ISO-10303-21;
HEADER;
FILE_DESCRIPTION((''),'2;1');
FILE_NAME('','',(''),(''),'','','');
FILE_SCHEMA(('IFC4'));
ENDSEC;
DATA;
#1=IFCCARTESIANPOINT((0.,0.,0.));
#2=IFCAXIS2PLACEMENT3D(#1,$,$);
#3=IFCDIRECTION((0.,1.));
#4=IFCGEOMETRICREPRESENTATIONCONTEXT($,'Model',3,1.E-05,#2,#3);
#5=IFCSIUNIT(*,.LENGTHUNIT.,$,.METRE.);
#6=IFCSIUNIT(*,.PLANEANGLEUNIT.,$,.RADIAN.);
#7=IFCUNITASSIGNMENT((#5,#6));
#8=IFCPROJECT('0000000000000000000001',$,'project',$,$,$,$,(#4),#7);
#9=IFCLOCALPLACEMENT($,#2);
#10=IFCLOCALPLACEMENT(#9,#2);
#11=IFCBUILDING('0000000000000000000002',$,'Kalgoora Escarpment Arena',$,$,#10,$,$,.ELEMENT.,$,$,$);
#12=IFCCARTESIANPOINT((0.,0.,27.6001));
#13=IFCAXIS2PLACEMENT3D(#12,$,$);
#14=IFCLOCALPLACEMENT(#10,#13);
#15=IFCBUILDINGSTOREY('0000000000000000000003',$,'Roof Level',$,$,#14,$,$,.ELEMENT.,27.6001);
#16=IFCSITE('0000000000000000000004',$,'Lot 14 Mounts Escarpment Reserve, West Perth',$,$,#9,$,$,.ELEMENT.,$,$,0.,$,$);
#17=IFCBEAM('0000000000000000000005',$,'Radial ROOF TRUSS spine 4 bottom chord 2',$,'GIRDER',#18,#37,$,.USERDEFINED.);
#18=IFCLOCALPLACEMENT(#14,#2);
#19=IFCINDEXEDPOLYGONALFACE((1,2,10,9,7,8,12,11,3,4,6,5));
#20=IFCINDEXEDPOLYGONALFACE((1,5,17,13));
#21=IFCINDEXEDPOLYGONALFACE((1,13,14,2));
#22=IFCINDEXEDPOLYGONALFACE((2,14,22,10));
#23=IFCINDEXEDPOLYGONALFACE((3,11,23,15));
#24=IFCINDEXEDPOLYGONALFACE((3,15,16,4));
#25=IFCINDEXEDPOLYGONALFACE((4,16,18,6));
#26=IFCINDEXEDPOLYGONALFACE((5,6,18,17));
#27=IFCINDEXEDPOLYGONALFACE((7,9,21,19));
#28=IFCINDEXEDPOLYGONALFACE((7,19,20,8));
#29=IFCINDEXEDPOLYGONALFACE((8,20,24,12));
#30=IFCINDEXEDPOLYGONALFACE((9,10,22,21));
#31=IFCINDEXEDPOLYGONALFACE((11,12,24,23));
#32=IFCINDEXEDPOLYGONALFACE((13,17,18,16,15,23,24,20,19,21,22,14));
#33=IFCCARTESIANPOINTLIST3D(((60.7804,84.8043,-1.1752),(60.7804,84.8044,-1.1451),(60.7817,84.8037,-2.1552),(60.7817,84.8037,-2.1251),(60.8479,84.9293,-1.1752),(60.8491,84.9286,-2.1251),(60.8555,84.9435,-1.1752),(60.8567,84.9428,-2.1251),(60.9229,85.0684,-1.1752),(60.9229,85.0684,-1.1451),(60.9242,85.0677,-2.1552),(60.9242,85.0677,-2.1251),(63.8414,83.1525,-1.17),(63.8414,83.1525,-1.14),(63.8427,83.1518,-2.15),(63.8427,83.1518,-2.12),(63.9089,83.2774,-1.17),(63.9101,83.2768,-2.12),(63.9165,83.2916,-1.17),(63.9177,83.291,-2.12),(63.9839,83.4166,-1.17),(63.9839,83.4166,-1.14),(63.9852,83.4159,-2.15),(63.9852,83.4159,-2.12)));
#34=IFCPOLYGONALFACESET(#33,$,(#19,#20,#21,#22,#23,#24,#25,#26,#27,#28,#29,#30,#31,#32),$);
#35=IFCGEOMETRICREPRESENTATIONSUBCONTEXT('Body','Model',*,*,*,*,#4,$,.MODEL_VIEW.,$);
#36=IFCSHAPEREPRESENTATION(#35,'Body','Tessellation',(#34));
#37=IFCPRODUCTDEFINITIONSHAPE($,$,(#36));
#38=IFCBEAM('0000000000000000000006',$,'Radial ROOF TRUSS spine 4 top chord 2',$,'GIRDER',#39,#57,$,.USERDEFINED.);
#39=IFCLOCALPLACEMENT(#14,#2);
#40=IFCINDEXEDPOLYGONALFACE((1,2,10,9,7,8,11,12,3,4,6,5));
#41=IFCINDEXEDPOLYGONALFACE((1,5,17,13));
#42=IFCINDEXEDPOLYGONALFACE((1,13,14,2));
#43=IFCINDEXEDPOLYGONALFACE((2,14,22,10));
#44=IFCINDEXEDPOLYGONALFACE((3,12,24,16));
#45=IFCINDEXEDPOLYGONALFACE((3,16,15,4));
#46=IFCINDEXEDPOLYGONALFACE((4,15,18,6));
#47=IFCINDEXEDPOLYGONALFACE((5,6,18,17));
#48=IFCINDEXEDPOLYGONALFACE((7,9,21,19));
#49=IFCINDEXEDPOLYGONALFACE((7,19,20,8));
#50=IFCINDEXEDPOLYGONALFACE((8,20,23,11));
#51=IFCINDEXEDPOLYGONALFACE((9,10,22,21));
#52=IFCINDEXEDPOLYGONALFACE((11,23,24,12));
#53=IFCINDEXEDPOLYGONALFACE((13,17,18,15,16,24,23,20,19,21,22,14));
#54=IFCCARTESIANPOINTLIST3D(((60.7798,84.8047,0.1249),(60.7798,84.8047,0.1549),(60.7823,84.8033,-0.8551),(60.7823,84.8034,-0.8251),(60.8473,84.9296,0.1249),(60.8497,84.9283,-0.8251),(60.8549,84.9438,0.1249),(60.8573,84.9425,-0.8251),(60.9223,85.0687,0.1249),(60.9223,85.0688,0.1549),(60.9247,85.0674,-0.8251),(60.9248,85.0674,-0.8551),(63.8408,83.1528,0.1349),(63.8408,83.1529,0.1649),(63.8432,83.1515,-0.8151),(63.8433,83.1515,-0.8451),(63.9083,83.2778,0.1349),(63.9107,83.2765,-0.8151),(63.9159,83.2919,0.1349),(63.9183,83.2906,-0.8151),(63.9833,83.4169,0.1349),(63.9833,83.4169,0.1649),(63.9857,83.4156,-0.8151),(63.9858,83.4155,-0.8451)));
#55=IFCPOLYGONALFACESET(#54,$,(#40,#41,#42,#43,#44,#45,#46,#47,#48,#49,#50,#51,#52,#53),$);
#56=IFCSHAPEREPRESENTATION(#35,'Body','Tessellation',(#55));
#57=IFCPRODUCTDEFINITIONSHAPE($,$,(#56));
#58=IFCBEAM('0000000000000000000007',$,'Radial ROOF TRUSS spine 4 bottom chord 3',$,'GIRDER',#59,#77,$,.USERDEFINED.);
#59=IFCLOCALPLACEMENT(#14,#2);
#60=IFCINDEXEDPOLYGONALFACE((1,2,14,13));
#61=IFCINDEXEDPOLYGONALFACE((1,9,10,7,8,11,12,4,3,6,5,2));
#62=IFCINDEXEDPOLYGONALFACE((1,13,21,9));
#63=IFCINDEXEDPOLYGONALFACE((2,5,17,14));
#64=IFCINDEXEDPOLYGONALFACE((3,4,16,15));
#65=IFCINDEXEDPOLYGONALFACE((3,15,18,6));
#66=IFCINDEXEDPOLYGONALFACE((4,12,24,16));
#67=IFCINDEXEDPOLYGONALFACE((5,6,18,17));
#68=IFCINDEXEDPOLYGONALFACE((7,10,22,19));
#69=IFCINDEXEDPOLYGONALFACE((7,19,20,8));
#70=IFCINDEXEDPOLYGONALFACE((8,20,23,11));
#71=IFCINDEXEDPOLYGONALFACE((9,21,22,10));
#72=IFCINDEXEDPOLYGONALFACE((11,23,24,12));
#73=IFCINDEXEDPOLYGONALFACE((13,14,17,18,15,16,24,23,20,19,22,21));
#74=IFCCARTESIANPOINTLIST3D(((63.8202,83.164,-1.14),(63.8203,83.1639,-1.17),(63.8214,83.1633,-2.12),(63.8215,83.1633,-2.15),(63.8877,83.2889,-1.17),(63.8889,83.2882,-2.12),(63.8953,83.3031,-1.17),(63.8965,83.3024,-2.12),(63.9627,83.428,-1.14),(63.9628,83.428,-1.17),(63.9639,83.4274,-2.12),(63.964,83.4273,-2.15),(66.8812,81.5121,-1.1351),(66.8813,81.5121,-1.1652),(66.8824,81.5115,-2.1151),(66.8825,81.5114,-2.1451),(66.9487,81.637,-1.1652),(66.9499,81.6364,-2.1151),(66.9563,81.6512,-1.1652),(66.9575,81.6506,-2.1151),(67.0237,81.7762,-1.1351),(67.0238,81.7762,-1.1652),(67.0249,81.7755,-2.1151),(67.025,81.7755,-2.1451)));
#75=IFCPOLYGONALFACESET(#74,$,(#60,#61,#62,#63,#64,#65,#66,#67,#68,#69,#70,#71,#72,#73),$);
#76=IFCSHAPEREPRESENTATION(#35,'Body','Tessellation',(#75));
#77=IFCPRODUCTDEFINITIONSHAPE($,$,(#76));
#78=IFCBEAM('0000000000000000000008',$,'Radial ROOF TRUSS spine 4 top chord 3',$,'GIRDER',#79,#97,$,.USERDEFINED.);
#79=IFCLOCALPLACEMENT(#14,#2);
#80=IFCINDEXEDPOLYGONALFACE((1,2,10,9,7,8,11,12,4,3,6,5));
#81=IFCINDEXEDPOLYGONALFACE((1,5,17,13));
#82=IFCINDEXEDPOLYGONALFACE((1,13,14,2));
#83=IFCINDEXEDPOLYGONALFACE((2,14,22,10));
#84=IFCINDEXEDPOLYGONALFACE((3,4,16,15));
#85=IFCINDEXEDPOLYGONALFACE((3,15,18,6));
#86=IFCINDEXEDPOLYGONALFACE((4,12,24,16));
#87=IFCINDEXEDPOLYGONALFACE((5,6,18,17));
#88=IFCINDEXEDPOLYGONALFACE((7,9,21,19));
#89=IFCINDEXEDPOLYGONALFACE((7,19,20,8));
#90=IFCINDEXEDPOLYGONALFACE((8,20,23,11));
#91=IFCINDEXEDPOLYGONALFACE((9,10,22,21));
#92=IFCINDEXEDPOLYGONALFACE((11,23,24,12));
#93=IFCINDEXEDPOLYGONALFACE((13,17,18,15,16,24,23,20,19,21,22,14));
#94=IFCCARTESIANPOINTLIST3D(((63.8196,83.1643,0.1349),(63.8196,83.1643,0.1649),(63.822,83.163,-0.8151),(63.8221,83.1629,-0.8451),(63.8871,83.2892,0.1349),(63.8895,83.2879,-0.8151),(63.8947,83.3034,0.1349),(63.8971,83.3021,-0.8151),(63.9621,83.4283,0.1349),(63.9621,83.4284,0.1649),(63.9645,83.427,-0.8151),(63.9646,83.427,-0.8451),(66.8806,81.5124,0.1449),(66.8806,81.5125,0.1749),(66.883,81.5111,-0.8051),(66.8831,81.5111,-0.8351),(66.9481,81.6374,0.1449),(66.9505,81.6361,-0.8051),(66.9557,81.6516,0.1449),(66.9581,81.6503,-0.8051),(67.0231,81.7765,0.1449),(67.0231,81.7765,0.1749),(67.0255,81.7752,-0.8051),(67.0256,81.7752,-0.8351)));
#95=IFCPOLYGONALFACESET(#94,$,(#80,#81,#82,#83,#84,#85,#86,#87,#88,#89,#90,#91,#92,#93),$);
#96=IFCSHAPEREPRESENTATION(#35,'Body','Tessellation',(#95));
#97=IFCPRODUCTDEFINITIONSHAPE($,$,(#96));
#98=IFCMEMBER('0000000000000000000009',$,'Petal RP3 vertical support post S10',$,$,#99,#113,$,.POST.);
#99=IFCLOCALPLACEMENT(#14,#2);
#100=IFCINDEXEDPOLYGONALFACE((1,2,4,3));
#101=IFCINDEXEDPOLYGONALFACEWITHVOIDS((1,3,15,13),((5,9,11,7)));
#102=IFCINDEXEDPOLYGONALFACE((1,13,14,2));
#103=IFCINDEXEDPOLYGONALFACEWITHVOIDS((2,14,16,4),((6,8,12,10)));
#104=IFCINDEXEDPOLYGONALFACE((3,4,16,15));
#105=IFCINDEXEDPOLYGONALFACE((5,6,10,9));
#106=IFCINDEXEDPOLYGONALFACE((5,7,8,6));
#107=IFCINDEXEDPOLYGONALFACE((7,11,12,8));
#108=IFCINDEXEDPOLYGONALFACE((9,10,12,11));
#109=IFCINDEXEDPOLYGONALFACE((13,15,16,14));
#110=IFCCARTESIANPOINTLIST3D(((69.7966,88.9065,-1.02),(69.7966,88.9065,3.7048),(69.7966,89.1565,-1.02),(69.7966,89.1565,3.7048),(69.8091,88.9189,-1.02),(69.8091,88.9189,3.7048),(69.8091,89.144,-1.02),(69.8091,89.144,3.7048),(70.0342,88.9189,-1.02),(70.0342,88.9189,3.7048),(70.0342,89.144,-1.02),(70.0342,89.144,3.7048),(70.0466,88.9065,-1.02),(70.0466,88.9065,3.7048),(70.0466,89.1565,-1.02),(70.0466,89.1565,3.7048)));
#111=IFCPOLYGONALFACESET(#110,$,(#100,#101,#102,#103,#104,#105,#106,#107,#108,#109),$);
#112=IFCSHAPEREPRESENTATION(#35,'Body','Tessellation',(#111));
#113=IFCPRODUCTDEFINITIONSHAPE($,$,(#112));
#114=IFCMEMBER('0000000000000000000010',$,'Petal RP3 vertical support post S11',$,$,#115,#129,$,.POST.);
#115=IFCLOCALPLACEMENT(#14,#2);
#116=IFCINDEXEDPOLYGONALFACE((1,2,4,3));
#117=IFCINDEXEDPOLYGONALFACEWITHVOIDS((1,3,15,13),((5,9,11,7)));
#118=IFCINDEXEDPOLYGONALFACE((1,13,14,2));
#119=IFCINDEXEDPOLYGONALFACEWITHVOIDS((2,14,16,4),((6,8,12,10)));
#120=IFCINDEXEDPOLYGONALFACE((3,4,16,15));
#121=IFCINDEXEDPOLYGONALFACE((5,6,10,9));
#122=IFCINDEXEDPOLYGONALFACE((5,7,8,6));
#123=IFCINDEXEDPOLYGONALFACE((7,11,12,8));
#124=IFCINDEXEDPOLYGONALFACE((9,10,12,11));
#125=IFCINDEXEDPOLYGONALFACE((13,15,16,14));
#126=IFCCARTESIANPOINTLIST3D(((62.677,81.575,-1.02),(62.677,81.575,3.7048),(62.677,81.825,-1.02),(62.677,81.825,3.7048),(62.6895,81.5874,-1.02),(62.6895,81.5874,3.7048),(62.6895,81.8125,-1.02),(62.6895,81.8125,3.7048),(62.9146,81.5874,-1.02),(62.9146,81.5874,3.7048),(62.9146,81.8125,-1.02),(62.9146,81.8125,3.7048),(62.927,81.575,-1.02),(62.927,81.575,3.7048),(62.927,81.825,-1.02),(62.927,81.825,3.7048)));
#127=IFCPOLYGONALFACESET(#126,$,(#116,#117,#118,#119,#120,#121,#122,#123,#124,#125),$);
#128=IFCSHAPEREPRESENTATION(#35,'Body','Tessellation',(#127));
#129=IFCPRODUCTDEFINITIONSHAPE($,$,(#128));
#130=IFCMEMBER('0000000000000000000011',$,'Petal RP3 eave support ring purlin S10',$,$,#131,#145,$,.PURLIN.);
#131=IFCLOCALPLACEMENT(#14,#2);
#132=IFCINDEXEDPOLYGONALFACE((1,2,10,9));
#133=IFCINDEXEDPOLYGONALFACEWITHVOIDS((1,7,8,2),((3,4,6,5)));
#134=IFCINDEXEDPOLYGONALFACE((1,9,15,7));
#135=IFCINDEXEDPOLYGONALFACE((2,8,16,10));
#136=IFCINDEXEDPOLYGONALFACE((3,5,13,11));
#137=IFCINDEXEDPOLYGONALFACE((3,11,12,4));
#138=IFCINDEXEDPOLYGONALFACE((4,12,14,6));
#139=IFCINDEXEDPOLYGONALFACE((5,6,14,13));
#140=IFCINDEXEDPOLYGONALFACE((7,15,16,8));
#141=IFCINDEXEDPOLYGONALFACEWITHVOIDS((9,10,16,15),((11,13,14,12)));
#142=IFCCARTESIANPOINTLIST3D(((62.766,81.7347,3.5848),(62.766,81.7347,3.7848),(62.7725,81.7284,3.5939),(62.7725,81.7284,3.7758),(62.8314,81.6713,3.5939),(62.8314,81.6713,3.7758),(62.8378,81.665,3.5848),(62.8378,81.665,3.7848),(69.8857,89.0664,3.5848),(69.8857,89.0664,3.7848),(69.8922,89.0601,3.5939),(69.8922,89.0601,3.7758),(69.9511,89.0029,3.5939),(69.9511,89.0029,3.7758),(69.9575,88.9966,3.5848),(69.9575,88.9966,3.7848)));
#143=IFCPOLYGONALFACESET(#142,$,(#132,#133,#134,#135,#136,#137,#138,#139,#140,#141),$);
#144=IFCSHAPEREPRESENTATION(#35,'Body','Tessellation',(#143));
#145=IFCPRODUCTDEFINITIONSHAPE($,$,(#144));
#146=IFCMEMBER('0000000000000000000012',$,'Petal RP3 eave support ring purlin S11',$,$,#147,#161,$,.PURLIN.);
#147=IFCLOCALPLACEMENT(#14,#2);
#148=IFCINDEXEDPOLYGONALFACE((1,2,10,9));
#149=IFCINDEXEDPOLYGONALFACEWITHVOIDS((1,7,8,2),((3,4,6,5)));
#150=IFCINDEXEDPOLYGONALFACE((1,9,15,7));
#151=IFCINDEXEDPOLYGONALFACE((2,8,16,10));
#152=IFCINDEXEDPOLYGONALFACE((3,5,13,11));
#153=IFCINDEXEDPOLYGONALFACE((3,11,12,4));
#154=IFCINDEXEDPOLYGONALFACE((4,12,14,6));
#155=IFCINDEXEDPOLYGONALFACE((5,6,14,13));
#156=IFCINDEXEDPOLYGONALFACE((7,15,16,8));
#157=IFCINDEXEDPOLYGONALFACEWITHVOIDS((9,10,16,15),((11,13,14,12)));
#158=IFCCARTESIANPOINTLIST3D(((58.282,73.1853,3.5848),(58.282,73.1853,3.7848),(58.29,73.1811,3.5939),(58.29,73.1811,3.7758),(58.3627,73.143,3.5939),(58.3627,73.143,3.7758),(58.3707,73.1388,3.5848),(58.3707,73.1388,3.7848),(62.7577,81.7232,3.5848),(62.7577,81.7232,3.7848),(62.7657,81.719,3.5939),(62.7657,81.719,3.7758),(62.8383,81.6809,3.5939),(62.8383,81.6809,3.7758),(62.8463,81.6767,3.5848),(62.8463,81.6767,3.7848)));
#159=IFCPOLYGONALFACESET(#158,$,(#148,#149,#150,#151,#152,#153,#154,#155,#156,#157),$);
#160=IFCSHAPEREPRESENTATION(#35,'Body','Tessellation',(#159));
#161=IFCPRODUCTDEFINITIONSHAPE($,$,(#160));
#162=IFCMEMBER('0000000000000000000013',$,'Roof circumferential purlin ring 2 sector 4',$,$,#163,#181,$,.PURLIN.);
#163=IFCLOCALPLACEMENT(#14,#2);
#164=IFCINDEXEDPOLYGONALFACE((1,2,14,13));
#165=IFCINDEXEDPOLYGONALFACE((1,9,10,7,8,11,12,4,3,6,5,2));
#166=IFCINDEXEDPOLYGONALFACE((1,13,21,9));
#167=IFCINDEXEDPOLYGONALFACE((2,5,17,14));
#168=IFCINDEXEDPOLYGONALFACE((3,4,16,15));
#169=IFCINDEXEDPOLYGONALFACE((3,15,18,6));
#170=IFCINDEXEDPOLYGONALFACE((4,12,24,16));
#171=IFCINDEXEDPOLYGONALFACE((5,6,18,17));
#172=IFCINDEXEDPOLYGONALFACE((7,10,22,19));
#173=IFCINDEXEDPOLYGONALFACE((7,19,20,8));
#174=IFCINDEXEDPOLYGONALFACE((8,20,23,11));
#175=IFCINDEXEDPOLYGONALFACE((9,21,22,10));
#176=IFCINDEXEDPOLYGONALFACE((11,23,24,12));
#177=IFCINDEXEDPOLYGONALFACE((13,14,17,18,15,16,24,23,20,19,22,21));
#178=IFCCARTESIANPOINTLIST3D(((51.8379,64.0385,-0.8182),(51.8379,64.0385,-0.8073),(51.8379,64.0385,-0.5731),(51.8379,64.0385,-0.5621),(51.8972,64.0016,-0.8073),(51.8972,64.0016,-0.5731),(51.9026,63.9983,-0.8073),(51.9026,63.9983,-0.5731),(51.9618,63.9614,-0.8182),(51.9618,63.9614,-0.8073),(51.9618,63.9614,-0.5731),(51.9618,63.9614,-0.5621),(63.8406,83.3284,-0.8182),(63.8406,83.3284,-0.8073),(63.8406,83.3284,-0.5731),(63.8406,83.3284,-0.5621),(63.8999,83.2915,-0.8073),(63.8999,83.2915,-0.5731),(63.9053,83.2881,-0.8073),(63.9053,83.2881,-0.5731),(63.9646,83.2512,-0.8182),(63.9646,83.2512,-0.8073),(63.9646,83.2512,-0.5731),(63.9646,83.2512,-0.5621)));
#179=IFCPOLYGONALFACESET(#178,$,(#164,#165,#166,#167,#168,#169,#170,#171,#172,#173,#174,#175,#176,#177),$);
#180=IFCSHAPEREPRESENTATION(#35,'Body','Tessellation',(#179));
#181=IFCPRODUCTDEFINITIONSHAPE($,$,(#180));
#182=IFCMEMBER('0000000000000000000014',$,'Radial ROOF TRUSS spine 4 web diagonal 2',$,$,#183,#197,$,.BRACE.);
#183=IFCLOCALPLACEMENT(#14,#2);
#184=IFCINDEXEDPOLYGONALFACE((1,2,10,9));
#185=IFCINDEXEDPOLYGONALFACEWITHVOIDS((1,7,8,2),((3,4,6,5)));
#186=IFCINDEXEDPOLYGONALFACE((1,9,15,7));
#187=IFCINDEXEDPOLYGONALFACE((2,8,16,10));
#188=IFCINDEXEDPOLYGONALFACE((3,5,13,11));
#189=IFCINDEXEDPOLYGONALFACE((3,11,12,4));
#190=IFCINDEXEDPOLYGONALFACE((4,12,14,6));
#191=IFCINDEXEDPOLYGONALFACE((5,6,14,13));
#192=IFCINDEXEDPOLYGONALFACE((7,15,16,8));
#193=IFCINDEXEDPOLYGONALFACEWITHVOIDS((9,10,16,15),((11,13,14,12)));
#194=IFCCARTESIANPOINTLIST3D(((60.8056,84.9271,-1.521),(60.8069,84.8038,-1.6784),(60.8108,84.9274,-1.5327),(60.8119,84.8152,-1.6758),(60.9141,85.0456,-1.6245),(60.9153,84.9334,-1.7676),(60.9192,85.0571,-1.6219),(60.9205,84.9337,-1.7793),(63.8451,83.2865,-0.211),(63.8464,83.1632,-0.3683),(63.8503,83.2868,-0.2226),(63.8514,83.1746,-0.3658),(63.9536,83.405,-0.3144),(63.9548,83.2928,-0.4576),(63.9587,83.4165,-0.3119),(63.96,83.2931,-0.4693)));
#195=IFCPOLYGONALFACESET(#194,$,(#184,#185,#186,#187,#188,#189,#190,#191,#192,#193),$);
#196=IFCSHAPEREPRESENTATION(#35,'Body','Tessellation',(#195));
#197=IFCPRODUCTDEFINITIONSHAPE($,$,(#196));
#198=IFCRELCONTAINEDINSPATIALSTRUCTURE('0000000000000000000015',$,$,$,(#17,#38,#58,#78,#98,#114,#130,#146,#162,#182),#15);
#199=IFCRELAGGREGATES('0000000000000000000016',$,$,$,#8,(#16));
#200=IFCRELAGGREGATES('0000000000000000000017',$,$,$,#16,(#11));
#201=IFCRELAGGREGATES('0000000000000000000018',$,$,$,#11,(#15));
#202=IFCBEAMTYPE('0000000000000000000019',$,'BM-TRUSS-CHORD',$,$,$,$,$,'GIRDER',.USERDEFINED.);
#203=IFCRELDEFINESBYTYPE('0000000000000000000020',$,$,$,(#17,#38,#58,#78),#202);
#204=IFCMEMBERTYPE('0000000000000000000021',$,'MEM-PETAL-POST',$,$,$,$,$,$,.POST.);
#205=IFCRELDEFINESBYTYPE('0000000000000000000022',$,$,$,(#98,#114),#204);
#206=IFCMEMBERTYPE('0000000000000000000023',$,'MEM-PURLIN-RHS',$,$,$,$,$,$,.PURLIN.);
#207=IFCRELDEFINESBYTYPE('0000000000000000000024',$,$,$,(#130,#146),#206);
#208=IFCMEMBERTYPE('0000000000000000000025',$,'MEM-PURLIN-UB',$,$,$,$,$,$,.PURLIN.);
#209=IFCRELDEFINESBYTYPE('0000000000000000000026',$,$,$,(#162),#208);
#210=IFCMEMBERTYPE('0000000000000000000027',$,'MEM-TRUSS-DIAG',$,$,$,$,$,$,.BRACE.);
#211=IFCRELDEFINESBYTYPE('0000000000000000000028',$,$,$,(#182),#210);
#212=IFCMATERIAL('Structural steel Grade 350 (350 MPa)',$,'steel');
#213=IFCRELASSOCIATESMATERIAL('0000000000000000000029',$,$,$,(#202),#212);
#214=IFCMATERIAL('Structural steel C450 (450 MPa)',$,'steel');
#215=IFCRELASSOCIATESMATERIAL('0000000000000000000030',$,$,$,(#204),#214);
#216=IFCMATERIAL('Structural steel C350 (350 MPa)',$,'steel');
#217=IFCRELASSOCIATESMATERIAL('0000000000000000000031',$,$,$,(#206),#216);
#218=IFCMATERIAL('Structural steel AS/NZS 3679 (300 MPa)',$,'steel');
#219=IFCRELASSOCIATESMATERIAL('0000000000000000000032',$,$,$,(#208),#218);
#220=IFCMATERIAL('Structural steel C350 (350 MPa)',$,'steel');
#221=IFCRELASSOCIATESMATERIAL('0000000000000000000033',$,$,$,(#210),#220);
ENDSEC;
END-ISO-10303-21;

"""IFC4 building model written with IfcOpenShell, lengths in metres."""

from ifc_helpers import new_model, si_unit, direction, frame, origin, origin_2d, place, context, subcontext, project, spatial, hollow_rectangle, i_section, extrude, material, material_profile, profile_set, type_object, element, save


model = new_model("IFC4")

# Units and contexts
model_context = context("Model", 3, precision=1e-05, world=origin(), true_north=direction((0.0, 1.0)))
body_context = subcontext(model_context, "Body", "Model", "MODEL_VIEW")
ifc_project = project(units=[si_unit("LENGTHUNIT", "METRE"), si_unit("PLANEANGLEUNIT", "RADIAN")], contexts=[model_context])

# Site, building, storey
site_placement = place(None, origin())
site = spatial("IfcSite", under=ifc_project, at=site_placement, Name="Lot 14 Mounts Escarpment Reserve, West Perth", CompositionType="ELEMENT", RefElevation=0.0)
building_placement = place(site_placement, origin())
building = spatial("IfcBuilding", under=site, at=building_placement, Name="Kalgoora Escarpment Arena", CompositionType="ELEMENT")
storey_placement = place(building_placement, frame((0.0, 0.0, 27.6001)))
storey = spatial("IfcBuildingStorey", under=building, at=storey_placement, Name="Roof Level", CompositionType="ELEMENT", Elevation=27.6001)

# Beams
ifc_material_1 = material(Name="Structural steel Grade 350 (350 MPa)", Category="steel")
ifc_material_profile_1 = material_profile(ifc_material_1, i_section(OverallWidth=0.3, OverallDepth=1.01, WebThickness=0.0161, FlangeThickness=0.03, at=origin_2d()))
ifc_profile_set_1 = profile_set([ifc_material_profile_1], Name="Structural steel Grade 350 (350 MPa)")
beam_type = type_object("IfcBeamType", Name="BM-TRUSS-CHORD", ElementType="GIRDER", PredefinedType="USERDEFINED", material=ifc_profile_set_1)
for number, where, z_axis, x_axis, name in (
    (1, (60.8523, 84.936, -1.6501), (0.880037, -0.474903, 0.001474), (0.474903, 0.880038, 0.0), "Radial ROOF TRUSS spine 4 bottom chord 2"),
    (2, (60.8523, 84.936, -0.3501), (0.880034, -0.474901, 0.002878), (0.474903, 0.880038, 0.0), "Radial ROOF TRUSS spine 4 top chord 2"),
    (3, (63.8921, 83.2957, -1.645), (0.880037, -0.474903, 0.001404), (0.474903, 0.880038, 0.0), "Radial ROOF TRUSS spine 4 bottom chord 3"),
    (4, (63.8921, 83.2957, -0.3401), (0.880034, -0.474901, 0.002878), (0.474903, 0.880038, 0.0), "Radial ROOF TRUSS spine 4 top chord 3"),
):
    element("IfcBeam", number, at=place(storey_placement, frame(where, z_axis=z_axis, x_axis=x_axis)), inside=storey, type_object=beam_type, Name=name, ObjectType="GIRDER", PredefinedType="USERDEFINED", context=body_context, shape_type="SweptSolid", body=[
        extrude(i_section(OverallWidth=0.3, OverallDepth=1.01, WebThickness=0.0161, FlangeThickness=0.03, at=origin_2d()), origin(), (0.0, 0.0, 1.0), 3.4783),
    ])

# Members
ifc_material_2 = material(Name="Structural steel C450 (450 MPa)", Category="steel")
ifc_material_profile_2 = material_profile(ifc_material_2, hollow_rectangle(XDim=0.25, YDim=0.25, WallThickness=0.0125, at=origin_2d()))
ifc_profile_set_2 = profile_set([ifc_material_profile_2], Name="Structural steel C450 (450 MPa)")
member_type_1 = type_object("IfcMemberType", Name="MEM-PETAL-POST", PredefinedType="POST", material=ifc_profile_set_2)
for number, where, z_axis, x_axis, name in (
    (5, (69.9216, 89.0315, -1.02), (0.0, 0.0, 1.0), (1.0, 0.0, 0.0), "Petal RP3 vertical support post S10"),
    (6, (62.802, 81.7, -1.02), (0.0, 0.0, 1.0), (1.0, 0.0, 0.0), "Petal RP3 vertical support post S11"),
):
    element("IfcMember", number, at=place(storey_placement, frame(where, z_axis=z_axis, x_axis=x_axis)), inside=storey, type_object=member_type_1, Name=name, PredefinedType="POST", context=body_context, shape_type="SweptSolid", body=[
        extrude(hollow_rectangle(XDim=0.25, YDim=0.25, WallThickness=0.0125, at=origin_2d()), origin(), (0.0, 0.0, 1.0), 4.7249),
    ])
ifc_material_3 = material(Name="Structural steel C350 (350 MPa)", Category="steel")
ifc_material_profile_3 = material_profile(ifc_material_3, hollow_rectangle(XDim=0.1001, YDim=0.2, WallThickness=0.009, at=origin_2d()))
ifc_profile_set_3 = profile_set([ifc_material_profile_3], Name="Structural steel C350 (350 MPa)")
member_type_2 = type_object("IfcMemberType", Name="MEM-PURLIN-RHS", PredefinedType="PURLIN", material=ifc_profile_set_3)
member_1_placement = place(storey_placement, frame((69.9216, 89.0315, 3.6848), z_axis=(-0.696663, -0.717399, 0.0), x_axis=(0.717399, -0.696663, 0.0)))
element("IfcMember", 7, at=member_1_placement, inside=storey, type_object=member_type_2, Name="Petal RP3 eave support ring purlin S10", PredefinedType="PURLIN", context=body_context, shape_type="SweptSolid", body=[
    extrude(hollow_rectangle(XDim=0.1001, YDim=0.2, WallThickness=0.009, at=origin_2d()), origin(), (0.0, 0.0, 1.0), 10.2197),
])
member_2_placement = place(storey_placement, frame((62.802, 81.7, 3.6848), z_axis=(-0.464282, -0.885687, 0.0), x_axis=(0.885687, -0.464282, 0.0)))
element("IfcMember", 8, at=member_2_placement, inside=storey, type_object=member_type_2, Name="Petal RP3 eave support ring purlin S11", PredefinedType="PURLIN", context=body_context, shape_type="SweptSolid", body=[
    extrude(hollow_rectangle(XDim=0.1001, YDim=0.2, WallThickness=0.009, at=origin_2d()), origin(), (0.0, 0.0, 1.0), 9.6399),
])
ifc_material_4 = material(Name="Structural steel AS/NZS 3679 (300 MPa)", Category="steel")
ifc_material_profile_4 = material_profile(ifc_material_4, i_section(OverallWidth=0.146, OverallDepth=0.2561, WebThickness=0.0063, FlangeThickness=0.011, at=origin_2d()))
ifc_profile_set_4 = profile_set([ifc_material_profile_4], Name="Structural steel AS/NZS 3679 (300 MPa)")
member_type_3 = type_object("IfcMemberType", Name="MEM-PURLIN-UB", PredefinedType="PURLIN", material=ifc_profile_set_4)
member_3_placement = place(storey_placement, frame((63.9026, 83.2898, -0.6902), z_axis=(-0.528307, -0.849054, 0.0), x_axis=(0.849054, -0.528307, 0.0)))
element("IfcMember", 9, at=member_3_placement, inside=storey, type_object=member_type_3, Name="Roof circumferential purlin ring 2 sector 4", PredefinedType="PURLIN", context=body_context, shape_type="SweptSolid", body=[
    extrude(i_section(OverallWidth=0.146, OverallDepth=0.2561, WebThickness=0.0063, FlangeThickness=0.011, at=origin_2d()), origin(), (0.0, 0.0, 1.0), 22.7192),
])
ifc_material_5 = material(Name="Structural steel C350 (350 MPa)", Category="steel")
ifc_material_profile_5 = material_profile(ifc_material_5, hollow_rectangle(XDim=0.2, YDim=0.2, WallThickness=0.009, at=origin_2d()))
ifc_profile_set_5 = profile_set([ifc_material_profile_5], Name="Structural steel C350 (350 MPa)")
member_type_4 = type_object("IfcMemberType", Name="MEM-TRUSS-DIAG", PredefinedType="BRACE", material=ifc_profile_set_5)
member_4_placement = place(storey_placement, frame((60.863, 84.9304, -1.6501), z_axis=(0.8228, -0.444114, 0.35463), x_axis=(0.568296, 0.649847, -0.504716)))
element("IfcMember", 10, at=member_4_placement, inside=storey, type_object=member_type_4, Name="Radial ROOF TRUSS spine 4 web diagonal 2", PredefinedType="BRACE", context=body_context, shape_type="SweptSolid", body=[
    extrude(hollow_rectangle(XDim=0.2, YDim=0.2, WallThickness=0.009, at=origin_2d()), origin(), (0.0, 0.0, 1.0), 3.6941),
])

save(model, "model.ifc")
